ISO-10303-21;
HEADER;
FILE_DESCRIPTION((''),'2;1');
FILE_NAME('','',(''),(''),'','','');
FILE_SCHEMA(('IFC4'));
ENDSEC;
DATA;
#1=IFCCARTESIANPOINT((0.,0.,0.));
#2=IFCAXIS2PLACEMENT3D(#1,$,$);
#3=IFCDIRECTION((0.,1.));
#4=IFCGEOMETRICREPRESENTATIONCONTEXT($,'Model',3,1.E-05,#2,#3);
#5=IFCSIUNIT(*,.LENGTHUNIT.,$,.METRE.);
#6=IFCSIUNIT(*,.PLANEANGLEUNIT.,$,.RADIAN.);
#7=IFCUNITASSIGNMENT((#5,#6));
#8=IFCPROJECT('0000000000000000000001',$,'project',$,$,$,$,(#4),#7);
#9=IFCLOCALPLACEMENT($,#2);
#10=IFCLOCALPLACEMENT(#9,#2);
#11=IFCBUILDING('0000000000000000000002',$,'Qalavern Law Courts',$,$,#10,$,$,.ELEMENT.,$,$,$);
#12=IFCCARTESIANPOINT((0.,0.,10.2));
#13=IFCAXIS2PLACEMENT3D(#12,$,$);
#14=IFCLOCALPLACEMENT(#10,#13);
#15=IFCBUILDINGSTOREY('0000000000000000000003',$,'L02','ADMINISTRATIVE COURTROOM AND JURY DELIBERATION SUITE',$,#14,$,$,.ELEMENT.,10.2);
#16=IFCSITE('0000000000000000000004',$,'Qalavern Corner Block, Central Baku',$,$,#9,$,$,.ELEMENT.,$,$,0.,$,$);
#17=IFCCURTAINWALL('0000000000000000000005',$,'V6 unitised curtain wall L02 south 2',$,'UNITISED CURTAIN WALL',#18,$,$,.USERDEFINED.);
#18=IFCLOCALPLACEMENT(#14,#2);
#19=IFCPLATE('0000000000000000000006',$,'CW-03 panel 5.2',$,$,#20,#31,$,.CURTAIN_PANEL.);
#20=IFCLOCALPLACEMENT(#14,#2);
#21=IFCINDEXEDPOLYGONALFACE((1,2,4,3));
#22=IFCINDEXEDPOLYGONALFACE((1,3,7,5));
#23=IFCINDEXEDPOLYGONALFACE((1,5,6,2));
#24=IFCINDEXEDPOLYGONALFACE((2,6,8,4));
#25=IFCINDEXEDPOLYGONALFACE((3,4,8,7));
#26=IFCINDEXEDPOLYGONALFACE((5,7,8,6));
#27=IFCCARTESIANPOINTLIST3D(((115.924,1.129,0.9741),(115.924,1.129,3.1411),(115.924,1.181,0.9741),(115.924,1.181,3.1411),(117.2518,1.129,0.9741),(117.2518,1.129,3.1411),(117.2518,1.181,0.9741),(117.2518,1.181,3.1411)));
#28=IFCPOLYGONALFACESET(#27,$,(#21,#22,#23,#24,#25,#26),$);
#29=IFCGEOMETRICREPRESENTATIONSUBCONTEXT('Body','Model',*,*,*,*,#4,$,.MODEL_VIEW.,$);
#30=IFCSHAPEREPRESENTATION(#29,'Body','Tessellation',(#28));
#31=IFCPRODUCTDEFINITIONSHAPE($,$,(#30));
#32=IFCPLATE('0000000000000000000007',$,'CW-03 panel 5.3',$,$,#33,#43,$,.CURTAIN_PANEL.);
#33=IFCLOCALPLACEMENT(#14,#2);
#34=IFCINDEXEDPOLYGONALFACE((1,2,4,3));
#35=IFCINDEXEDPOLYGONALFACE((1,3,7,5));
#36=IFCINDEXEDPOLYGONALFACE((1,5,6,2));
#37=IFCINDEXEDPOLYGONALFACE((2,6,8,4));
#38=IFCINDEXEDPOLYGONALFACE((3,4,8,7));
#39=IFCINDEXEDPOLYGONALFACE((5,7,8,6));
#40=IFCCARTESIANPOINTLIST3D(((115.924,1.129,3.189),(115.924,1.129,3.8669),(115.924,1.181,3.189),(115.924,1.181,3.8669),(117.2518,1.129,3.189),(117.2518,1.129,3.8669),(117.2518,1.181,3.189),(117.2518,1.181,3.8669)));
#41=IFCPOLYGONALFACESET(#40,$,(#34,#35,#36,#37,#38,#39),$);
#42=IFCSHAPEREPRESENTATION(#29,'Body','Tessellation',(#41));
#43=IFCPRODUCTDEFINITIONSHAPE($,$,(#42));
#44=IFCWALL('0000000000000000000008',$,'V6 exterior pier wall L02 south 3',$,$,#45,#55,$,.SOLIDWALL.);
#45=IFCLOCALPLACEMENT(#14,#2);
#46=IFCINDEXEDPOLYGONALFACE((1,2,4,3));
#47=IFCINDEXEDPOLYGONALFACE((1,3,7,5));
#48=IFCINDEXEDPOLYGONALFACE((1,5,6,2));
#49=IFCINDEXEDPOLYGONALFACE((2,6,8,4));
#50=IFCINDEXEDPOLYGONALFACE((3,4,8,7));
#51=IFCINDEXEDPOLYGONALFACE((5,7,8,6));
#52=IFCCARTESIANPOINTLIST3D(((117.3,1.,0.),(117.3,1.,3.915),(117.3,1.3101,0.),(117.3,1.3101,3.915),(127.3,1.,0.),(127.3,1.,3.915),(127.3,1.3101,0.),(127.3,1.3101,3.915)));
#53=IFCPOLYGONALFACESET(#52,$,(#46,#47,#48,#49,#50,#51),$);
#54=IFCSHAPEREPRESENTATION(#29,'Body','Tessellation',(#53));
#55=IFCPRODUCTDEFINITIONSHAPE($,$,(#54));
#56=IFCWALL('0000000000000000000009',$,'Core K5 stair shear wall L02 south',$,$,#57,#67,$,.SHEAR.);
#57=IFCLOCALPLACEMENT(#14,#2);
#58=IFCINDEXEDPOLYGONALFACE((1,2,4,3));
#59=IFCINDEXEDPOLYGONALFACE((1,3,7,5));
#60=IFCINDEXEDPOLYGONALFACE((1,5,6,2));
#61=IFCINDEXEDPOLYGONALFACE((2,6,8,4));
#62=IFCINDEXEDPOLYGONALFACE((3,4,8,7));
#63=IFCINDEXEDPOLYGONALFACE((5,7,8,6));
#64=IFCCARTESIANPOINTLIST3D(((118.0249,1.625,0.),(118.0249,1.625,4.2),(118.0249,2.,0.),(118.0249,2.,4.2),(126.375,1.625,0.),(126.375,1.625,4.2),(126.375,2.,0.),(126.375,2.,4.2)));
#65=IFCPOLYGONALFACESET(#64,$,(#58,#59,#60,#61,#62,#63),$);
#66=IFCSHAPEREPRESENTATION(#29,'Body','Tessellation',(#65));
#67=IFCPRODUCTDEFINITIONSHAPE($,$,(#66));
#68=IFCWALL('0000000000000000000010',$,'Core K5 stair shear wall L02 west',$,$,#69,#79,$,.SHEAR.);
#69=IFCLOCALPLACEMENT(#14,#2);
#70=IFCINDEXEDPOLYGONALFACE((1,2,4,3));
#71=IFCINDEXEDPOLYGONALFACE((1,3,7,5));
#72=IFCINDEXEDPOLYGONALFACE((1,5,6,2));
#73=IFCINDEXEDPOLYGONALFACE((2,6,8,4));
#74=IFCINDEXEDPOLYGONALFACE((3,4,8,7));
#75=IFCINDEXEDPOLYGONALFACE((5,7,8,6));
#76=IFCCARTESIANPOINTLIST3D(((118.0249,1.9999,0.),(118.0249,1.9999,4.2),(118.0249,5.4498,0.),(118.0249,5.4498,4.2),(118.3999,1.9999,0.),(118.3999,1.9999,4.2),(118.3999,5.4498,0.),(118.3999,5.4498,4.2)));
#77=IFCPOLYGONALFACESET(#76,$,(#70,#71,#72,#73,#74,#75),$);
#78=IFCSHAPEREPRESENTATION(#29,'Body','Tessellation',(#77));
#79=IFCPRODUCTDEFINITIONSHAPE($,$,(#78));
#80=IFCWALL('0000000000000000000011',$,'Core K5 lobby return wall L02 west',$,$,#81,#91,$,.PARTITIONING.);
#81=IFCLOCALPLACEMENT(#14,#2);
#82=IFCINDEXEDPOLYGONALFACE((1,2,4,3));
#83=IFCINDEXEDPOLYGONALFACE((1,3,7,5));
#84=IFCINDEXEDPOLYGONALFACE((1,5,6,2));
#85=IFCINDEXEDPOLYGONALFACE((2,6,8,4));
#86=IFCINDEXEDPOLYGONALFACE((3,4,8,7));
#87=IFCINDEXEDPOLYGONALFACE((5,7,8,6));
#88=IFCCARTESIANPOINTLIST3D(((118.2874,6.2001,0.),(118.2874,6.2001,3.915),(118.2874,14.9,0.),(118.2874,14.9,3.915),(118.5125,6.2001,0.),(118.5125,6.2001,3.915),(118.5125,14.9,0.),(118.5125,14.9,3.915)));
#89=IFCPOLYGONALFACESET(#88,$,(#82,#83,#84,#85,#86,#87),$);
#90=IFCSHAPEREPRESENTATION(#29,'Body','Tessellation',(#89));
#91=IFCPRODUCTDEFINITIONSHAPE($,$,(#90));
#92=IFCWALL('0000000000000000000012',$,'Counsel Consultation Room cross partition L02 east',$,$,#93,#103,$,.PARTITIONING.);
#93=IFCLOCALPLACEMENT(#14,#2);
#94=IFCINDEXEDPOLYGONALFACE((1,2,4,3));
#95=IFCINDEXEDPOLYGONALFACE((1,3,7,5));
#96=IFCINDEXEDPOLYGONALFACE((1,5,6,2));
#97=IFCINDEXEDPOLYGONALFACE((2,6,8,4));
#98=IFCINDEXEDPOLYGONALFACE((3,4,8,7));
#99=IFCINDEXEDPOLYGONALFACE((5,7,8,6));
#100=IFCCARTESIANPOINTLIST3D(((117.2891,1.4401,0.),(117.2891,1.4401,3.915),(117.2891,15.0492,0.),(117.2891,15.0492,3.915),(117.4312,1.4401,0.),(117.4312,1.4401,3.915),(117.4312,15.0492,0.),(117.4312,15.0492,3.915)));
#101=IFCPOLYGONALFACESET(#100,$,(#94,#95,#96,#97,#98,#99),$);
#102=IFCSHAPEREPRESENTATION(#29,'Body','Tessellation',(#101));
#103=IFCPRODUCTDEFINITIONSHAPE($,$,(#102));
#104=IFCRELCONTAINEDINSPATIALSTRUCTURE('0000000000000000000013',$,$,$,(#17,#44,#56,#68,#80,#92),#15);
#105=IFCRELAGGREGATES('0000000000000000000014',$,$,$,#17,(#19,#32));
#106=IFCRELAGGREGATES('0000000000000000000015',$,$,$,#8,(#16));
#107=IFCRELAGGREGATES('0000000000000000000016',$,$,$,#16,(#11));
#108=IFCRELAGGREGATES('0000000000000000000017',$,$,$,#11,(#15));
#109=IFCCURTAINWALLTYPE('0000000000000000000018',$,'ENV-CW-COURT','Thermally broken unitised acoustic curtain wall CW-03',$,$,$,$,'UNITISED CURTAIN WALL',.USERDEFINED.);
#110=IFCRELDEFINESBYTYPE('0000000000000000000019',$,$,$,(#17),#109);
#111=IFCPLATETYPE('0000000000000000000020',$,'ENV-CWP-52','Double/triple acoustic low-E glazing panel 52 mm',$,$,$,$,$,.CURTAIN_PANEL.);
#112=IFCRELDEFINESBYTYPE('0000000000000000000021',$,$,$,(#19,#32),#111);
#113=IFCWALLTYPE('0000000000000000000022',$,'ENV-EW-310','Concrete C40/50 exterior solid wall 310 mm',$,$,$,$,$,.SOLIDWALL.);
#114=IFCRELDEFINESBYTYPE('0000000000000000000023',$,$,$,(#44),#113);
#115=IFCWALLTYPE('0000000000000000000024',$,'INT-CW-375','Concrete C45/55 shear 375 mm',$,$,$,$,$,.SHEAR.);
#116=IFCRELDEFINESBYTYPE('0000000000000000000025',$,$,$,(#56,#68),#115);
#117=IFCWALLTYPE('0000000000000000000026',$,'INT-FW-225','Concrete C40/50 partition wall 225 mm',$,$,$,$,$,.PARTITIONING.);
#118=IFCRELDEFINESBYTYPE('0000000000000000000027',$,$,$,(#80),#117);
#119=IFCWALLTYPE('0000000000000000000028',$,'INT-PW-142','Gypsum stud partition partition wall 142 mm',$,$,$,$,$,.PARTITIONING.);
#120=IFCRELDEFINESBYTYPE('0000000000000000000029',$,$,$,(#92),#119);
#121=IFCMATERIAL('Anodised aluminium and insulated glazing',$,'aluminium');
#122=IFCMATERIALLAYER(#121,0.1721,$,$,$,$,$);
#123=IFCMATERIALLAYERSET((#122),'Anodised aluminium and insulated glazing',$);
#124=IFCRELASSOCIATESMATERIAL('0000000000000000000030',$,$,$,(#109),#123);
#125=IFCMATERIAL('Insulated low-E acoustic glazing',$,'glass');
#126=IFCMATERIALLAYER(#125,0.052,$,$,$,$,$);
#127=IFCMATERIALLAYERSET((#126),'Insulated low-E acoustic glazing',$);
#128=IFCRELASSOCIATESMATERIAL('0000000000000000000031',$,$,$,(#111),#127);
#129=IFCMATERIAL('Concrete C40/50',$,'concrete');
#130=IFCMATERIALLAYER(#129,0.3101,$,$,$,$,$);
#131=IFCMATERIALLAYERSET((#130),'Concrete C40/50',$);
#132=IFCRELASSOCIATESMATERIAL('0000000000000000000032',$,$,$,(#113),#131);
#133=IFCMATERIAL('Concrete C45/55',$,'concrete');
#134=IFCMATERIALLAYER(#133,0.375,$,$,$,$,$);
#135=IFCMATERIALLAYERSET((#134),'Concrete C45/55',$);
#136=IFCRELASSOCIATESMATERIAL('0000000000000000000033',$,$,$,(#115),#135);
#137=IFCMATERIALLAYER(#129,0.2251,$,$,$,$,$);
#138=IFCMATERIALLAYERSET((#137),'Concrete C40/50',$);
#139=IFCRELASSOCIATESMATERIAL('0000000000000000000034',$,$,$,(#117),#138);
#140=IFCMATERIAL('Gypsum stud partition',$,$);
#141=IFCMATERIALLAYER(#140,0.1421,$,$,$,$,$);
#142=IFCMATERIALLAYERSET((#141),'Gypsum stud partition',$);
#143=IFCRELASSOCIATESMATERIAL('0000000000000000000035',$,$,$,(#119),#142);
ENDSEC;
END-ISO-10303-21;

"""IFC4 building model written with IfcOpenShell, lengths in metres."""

from ifc_helpers import new_model, si_unit, direction, frame, frame_2d, origin, origin_2d, place, context, subcontext, project, spatial, rectangle, extrude, material, layer, layer_set, type_object, element, aggregate, save


model = new_model("IFC4")

# Units and contexts
model_context = context("Model", 3, precision=1e-05, world=origin(), true_north=direction((0.0, 1.0)))
body_context = subcontext(model_context, "Body", "Model", "MODEL_VIEW")
ifc_project = project(units=[si_unit("LENGTHUNIT", "METRE"), si_unit("PLANEANGLEUNIT", "RADIAN")], contexts=[model_context])

# Site, building, storey
site_placement = place(None, origin())
site = spatial("IfcSite", under=ifc_project, at=site_placement, Name="Qalavern Corner Block, Central Baku", CompositionType="ELEMENT", RefElevation=0.0)
building_placement = place(site_placement, origin())
building = spatial("IfcBuilding", under=site, at=building_placement, Name="Qalavern Law Courts", CompositionType="ELEMENT")
storey_placement = place(building_placement, frame((0.0, 0.0, 10.2)))
storey = spatial("IfcBuildingStorey", under=building, at=storey_placement, Name="L02", Description="ADMINISTRATIVE COURTROOM AND JURY DELIBERATION SUITE", CompositionType="ELEMENT", Elevation=10.2)

# Shared definitions
ifc_material_1 = material(Name="Concrete C45/55", Category="concrete")

# Curtain wall
ifc_material_2 = material(Name="Anodised aluminium and insulated glazing", Category="aluminium")
ifc_layer_1 = layer(ifc_material_2, 0.1721)
ifc_layer_set_1 = layer_set([ifc_layer_1], Name="Anodised aluminium and insulated glazing")
curtain_wall_type = type_object("IfcCurtainWallType", Name="ENV-CW-COURT", Description="Thermally broken unitised acoustic curtain wall CW-03", ElementType="UNITISED CURTAIN WALL", PredefinedType="USERDEFINED", material=ifc_layer_set_1)
curtain_wall_placement = place(storey_placement, origin())
curtain_wall = element("IfcCurtainWall", 1, at=curtain_wall_placement, inside=storey, type_object=curtain_wall_type, Name="V6 unitised curtain wall L02 south 2", ObjectType="UNITISED CURTAIN WALL", PredefinedType="USERDEFINED")

# Shared definitions
ifc_material_3 = material(Name="Concrete C40/50", Category="concrete")

# Plates
ifc_material_4 = material(Name="Insulated low-E acoustic glazing", Category="glass")
ifc_layer_2 = layer(ifc_material_4, 0.052)
ifc_layer_set_2 = layer_set([ifc_layer_2], Name="Insulated low-E acoustic glazing")
plate_type = type_object("IfcPlateType", Name="ENV-CWP-52", Description="Double/triple acoustic low-E glazing panel 52 mm", PredefinedType="CURTAIN_PANEL", material=ifc_layer_set_2)
plate_1_placement = place(storey_placement, frame((116.5879, 1.155, 0.9741), z_axis=(0.0, 0.0, 1.0), x_axis=(1.0, 0.0, 0.0)))
plate_1 = element("IfcPlate", 2, at=plate_1_placement, type_object=plate_type, Name="CW-03 panel 5.2", PredefinedType="CURTAIN_PANEL", context=body_context, shape_type="SweptSolid", body=[
    extrude(rectangle(XDim=1.3279, YDim=0.052, at=origin_2d()), origin(), (0.0, 0.0, 1.0), 2.167),
])
plate_2_placement = place(storey_placement, frame((116.5879, 1.155, 3.189), z_axis=(0.0, 0.0, 1.0), x_axis=(1.0, 0.0, 0.0)))
plate_2 = element("IfcPlate", 3, at=plate_2_placement, type_object=plate_type, Name="CW-03 panel 5.3", PredefinedType="CURTAIN_PANEL", context=body_context, shape_type="SweptSolid", body=[
    extrude(rectangle(XDim=1.3279, YDim=0.052, at=origin_2d()), origin(), (0.0, 0.0, 1.0), 0.678),
])
aggregate(curtain_wall, [plate_1, plate_2])

# Walls
ifc_layer_3 = layer(ifc_material_3, 0.3101)
ifc_layer_set_3 = layer_set([ifc_layer_3], Name="Concrete C40/50")
wall_type_1 = type_object("IfcWallType", Name="ENV-EW-310", Description="Concrete C40/50 exterior solid wall 310 mm", PredefinedType="SOLIDWALL", material=ifc_layer_set_3)
wall_1_placement = place(storey_placement, frame((117.3, 1.155, 0.0), z_axis=(0.0, 0.0, 1.0), x_axis=(1.0, 0.0, 0.0)))
element("IfcWall", 4, at=wall_1_placement, inside=storey, type_object=wall_type_1, Name="V6 exterior pier wall L02 south 3", PredefinedType="SOLIDWALL", context=body_context, shape_type="SweptSolid", body=[
    extrude(rectangle(XDim=10.0, YDim=0.3101, at=frame_2d((5.0, 0.0))), origin(), (0.0, 0.0, 1.0), 3.915),
])
ifc_layer_4 = layer(ifc_material_1, 0.375)
ifc_layer_set_4 = layer_set([ifc_layer_4], Name="Concrete C45/55")
wall_type_2 = type_object("IfcWallType", Name="INT-CW-375", Description="Concrete C45/55 shear 375 mm", PredefinedType="SHEAR", material=ifc_layer_set_4)
wall_2_placement = place(storey_placement, frame((118.0249, 1.8125, 0.0), z_axis=(0.0, 0.0, 1.0), x_axis=(1.0, 0.0, 0.0)))
element("IfcWall", 5, at=wall_2_placement, inside=storey, type_object=wall_type_2, Name="Core K5 stair shear wall L02 south", PredefinedType="SHEAR", context=body_context, shape_type="SweptSolid", body=[
    extrude(rectangle(XDim=8.3501, YDim=0.375, at=frame_2d((4.175, 0.0))), origin(), (0.0, 0.0, 1.0), 4.2),
])
wall_3_placement = place(storey_placement, frame((118.2124, 5.45, 0.0), z_axis=(0.0, 0.0, 1.0), x_axis=(0.0, -1.0, 0.0)))
element("IfcWall", 6, at=wall_3_placement, inside=storey, type_object=wall_type_2, Name="Core K5 stair shear wall L02 west", PredefinedType="SHEAR", context=body_context, shape_type="SweptSolid", body=[
    extrude(rectangle(XDim=3.45, YDim=0.375, at=frame_2d((1.7251, 0.0))), origin(), (0.0, 0.0, 1.0), 4.2),
])
ifc_layer_5 = layer(ifc_material_3, 0.2251)
ifc_layer_set_5 = layer_set([ifc_layer_5], Name="Concrete C40/50")
wall_type_3 = type_object("IfcWallType", Name="INT-FW-225", Description="Concrete C40/50 partition wall 225 mm", PredefinedType="PARTITIONING", material=ifc_layer_set_5)
wall_4_placement = place(storey_placement, frame((118.3999, 6.2, 0.0), z_axis=(0.0, 0.0, 1.0), x_axis=(0.0, 1.0, 0.0)))
element("IfcWall", 7, at=wall_4_placement, inside=storey, type_object=wall_type_3, Name="Core K5 lobby return wall L02 west", PredefinedType="PARTITIONING", context=body_context, shape_type="SweptSolid", body=[
    extrude(rectangle(XDim=8.7, YDim=0.2251, at=frame_2d((4.3501, 0.0))), origin(), (0.0, 0.0, 1.0), 3.915),
])
ifc_material_5 = material(Name="Gypsum stud partition")
ifc_layer_6 = layer(ifc_material_5, 0.1421)
ifc_layer_set_6 = layer_set([ifc_layer_6], Name="Gypsum stud partition")
wall_type_4 = type_object("IfcWallType", Name="INT-PW-142", Description="Gypsum stud partition partition wall 142 mm", PredefinedType="PARTITIONING", material=ifc_layer_set_6)
wall_5_placement = place(storey_placement, frame((117.3601, 1.4399, 0.0), z_axis=(0.0, 0.0, 1.0), x_axis=(0.0, 1.0, 0.0)))
element("IfcWall", 8, at=wall_5_placement, inside=storey, type_object=wall_type_4, Name="Counsel Consultation Room cross partition L02 east", PredefinedType="PARTITIONING", context=body_context, shape_type="SweptSolid", body=[
    extrude(rectangle(XDim=13.6091, YDim=0.1421, at=frame_2d((6.8047, 0.0))), origin(), (0.0, 0.0, 1.0), 3.915),
])

save(model, "model.ifc")
